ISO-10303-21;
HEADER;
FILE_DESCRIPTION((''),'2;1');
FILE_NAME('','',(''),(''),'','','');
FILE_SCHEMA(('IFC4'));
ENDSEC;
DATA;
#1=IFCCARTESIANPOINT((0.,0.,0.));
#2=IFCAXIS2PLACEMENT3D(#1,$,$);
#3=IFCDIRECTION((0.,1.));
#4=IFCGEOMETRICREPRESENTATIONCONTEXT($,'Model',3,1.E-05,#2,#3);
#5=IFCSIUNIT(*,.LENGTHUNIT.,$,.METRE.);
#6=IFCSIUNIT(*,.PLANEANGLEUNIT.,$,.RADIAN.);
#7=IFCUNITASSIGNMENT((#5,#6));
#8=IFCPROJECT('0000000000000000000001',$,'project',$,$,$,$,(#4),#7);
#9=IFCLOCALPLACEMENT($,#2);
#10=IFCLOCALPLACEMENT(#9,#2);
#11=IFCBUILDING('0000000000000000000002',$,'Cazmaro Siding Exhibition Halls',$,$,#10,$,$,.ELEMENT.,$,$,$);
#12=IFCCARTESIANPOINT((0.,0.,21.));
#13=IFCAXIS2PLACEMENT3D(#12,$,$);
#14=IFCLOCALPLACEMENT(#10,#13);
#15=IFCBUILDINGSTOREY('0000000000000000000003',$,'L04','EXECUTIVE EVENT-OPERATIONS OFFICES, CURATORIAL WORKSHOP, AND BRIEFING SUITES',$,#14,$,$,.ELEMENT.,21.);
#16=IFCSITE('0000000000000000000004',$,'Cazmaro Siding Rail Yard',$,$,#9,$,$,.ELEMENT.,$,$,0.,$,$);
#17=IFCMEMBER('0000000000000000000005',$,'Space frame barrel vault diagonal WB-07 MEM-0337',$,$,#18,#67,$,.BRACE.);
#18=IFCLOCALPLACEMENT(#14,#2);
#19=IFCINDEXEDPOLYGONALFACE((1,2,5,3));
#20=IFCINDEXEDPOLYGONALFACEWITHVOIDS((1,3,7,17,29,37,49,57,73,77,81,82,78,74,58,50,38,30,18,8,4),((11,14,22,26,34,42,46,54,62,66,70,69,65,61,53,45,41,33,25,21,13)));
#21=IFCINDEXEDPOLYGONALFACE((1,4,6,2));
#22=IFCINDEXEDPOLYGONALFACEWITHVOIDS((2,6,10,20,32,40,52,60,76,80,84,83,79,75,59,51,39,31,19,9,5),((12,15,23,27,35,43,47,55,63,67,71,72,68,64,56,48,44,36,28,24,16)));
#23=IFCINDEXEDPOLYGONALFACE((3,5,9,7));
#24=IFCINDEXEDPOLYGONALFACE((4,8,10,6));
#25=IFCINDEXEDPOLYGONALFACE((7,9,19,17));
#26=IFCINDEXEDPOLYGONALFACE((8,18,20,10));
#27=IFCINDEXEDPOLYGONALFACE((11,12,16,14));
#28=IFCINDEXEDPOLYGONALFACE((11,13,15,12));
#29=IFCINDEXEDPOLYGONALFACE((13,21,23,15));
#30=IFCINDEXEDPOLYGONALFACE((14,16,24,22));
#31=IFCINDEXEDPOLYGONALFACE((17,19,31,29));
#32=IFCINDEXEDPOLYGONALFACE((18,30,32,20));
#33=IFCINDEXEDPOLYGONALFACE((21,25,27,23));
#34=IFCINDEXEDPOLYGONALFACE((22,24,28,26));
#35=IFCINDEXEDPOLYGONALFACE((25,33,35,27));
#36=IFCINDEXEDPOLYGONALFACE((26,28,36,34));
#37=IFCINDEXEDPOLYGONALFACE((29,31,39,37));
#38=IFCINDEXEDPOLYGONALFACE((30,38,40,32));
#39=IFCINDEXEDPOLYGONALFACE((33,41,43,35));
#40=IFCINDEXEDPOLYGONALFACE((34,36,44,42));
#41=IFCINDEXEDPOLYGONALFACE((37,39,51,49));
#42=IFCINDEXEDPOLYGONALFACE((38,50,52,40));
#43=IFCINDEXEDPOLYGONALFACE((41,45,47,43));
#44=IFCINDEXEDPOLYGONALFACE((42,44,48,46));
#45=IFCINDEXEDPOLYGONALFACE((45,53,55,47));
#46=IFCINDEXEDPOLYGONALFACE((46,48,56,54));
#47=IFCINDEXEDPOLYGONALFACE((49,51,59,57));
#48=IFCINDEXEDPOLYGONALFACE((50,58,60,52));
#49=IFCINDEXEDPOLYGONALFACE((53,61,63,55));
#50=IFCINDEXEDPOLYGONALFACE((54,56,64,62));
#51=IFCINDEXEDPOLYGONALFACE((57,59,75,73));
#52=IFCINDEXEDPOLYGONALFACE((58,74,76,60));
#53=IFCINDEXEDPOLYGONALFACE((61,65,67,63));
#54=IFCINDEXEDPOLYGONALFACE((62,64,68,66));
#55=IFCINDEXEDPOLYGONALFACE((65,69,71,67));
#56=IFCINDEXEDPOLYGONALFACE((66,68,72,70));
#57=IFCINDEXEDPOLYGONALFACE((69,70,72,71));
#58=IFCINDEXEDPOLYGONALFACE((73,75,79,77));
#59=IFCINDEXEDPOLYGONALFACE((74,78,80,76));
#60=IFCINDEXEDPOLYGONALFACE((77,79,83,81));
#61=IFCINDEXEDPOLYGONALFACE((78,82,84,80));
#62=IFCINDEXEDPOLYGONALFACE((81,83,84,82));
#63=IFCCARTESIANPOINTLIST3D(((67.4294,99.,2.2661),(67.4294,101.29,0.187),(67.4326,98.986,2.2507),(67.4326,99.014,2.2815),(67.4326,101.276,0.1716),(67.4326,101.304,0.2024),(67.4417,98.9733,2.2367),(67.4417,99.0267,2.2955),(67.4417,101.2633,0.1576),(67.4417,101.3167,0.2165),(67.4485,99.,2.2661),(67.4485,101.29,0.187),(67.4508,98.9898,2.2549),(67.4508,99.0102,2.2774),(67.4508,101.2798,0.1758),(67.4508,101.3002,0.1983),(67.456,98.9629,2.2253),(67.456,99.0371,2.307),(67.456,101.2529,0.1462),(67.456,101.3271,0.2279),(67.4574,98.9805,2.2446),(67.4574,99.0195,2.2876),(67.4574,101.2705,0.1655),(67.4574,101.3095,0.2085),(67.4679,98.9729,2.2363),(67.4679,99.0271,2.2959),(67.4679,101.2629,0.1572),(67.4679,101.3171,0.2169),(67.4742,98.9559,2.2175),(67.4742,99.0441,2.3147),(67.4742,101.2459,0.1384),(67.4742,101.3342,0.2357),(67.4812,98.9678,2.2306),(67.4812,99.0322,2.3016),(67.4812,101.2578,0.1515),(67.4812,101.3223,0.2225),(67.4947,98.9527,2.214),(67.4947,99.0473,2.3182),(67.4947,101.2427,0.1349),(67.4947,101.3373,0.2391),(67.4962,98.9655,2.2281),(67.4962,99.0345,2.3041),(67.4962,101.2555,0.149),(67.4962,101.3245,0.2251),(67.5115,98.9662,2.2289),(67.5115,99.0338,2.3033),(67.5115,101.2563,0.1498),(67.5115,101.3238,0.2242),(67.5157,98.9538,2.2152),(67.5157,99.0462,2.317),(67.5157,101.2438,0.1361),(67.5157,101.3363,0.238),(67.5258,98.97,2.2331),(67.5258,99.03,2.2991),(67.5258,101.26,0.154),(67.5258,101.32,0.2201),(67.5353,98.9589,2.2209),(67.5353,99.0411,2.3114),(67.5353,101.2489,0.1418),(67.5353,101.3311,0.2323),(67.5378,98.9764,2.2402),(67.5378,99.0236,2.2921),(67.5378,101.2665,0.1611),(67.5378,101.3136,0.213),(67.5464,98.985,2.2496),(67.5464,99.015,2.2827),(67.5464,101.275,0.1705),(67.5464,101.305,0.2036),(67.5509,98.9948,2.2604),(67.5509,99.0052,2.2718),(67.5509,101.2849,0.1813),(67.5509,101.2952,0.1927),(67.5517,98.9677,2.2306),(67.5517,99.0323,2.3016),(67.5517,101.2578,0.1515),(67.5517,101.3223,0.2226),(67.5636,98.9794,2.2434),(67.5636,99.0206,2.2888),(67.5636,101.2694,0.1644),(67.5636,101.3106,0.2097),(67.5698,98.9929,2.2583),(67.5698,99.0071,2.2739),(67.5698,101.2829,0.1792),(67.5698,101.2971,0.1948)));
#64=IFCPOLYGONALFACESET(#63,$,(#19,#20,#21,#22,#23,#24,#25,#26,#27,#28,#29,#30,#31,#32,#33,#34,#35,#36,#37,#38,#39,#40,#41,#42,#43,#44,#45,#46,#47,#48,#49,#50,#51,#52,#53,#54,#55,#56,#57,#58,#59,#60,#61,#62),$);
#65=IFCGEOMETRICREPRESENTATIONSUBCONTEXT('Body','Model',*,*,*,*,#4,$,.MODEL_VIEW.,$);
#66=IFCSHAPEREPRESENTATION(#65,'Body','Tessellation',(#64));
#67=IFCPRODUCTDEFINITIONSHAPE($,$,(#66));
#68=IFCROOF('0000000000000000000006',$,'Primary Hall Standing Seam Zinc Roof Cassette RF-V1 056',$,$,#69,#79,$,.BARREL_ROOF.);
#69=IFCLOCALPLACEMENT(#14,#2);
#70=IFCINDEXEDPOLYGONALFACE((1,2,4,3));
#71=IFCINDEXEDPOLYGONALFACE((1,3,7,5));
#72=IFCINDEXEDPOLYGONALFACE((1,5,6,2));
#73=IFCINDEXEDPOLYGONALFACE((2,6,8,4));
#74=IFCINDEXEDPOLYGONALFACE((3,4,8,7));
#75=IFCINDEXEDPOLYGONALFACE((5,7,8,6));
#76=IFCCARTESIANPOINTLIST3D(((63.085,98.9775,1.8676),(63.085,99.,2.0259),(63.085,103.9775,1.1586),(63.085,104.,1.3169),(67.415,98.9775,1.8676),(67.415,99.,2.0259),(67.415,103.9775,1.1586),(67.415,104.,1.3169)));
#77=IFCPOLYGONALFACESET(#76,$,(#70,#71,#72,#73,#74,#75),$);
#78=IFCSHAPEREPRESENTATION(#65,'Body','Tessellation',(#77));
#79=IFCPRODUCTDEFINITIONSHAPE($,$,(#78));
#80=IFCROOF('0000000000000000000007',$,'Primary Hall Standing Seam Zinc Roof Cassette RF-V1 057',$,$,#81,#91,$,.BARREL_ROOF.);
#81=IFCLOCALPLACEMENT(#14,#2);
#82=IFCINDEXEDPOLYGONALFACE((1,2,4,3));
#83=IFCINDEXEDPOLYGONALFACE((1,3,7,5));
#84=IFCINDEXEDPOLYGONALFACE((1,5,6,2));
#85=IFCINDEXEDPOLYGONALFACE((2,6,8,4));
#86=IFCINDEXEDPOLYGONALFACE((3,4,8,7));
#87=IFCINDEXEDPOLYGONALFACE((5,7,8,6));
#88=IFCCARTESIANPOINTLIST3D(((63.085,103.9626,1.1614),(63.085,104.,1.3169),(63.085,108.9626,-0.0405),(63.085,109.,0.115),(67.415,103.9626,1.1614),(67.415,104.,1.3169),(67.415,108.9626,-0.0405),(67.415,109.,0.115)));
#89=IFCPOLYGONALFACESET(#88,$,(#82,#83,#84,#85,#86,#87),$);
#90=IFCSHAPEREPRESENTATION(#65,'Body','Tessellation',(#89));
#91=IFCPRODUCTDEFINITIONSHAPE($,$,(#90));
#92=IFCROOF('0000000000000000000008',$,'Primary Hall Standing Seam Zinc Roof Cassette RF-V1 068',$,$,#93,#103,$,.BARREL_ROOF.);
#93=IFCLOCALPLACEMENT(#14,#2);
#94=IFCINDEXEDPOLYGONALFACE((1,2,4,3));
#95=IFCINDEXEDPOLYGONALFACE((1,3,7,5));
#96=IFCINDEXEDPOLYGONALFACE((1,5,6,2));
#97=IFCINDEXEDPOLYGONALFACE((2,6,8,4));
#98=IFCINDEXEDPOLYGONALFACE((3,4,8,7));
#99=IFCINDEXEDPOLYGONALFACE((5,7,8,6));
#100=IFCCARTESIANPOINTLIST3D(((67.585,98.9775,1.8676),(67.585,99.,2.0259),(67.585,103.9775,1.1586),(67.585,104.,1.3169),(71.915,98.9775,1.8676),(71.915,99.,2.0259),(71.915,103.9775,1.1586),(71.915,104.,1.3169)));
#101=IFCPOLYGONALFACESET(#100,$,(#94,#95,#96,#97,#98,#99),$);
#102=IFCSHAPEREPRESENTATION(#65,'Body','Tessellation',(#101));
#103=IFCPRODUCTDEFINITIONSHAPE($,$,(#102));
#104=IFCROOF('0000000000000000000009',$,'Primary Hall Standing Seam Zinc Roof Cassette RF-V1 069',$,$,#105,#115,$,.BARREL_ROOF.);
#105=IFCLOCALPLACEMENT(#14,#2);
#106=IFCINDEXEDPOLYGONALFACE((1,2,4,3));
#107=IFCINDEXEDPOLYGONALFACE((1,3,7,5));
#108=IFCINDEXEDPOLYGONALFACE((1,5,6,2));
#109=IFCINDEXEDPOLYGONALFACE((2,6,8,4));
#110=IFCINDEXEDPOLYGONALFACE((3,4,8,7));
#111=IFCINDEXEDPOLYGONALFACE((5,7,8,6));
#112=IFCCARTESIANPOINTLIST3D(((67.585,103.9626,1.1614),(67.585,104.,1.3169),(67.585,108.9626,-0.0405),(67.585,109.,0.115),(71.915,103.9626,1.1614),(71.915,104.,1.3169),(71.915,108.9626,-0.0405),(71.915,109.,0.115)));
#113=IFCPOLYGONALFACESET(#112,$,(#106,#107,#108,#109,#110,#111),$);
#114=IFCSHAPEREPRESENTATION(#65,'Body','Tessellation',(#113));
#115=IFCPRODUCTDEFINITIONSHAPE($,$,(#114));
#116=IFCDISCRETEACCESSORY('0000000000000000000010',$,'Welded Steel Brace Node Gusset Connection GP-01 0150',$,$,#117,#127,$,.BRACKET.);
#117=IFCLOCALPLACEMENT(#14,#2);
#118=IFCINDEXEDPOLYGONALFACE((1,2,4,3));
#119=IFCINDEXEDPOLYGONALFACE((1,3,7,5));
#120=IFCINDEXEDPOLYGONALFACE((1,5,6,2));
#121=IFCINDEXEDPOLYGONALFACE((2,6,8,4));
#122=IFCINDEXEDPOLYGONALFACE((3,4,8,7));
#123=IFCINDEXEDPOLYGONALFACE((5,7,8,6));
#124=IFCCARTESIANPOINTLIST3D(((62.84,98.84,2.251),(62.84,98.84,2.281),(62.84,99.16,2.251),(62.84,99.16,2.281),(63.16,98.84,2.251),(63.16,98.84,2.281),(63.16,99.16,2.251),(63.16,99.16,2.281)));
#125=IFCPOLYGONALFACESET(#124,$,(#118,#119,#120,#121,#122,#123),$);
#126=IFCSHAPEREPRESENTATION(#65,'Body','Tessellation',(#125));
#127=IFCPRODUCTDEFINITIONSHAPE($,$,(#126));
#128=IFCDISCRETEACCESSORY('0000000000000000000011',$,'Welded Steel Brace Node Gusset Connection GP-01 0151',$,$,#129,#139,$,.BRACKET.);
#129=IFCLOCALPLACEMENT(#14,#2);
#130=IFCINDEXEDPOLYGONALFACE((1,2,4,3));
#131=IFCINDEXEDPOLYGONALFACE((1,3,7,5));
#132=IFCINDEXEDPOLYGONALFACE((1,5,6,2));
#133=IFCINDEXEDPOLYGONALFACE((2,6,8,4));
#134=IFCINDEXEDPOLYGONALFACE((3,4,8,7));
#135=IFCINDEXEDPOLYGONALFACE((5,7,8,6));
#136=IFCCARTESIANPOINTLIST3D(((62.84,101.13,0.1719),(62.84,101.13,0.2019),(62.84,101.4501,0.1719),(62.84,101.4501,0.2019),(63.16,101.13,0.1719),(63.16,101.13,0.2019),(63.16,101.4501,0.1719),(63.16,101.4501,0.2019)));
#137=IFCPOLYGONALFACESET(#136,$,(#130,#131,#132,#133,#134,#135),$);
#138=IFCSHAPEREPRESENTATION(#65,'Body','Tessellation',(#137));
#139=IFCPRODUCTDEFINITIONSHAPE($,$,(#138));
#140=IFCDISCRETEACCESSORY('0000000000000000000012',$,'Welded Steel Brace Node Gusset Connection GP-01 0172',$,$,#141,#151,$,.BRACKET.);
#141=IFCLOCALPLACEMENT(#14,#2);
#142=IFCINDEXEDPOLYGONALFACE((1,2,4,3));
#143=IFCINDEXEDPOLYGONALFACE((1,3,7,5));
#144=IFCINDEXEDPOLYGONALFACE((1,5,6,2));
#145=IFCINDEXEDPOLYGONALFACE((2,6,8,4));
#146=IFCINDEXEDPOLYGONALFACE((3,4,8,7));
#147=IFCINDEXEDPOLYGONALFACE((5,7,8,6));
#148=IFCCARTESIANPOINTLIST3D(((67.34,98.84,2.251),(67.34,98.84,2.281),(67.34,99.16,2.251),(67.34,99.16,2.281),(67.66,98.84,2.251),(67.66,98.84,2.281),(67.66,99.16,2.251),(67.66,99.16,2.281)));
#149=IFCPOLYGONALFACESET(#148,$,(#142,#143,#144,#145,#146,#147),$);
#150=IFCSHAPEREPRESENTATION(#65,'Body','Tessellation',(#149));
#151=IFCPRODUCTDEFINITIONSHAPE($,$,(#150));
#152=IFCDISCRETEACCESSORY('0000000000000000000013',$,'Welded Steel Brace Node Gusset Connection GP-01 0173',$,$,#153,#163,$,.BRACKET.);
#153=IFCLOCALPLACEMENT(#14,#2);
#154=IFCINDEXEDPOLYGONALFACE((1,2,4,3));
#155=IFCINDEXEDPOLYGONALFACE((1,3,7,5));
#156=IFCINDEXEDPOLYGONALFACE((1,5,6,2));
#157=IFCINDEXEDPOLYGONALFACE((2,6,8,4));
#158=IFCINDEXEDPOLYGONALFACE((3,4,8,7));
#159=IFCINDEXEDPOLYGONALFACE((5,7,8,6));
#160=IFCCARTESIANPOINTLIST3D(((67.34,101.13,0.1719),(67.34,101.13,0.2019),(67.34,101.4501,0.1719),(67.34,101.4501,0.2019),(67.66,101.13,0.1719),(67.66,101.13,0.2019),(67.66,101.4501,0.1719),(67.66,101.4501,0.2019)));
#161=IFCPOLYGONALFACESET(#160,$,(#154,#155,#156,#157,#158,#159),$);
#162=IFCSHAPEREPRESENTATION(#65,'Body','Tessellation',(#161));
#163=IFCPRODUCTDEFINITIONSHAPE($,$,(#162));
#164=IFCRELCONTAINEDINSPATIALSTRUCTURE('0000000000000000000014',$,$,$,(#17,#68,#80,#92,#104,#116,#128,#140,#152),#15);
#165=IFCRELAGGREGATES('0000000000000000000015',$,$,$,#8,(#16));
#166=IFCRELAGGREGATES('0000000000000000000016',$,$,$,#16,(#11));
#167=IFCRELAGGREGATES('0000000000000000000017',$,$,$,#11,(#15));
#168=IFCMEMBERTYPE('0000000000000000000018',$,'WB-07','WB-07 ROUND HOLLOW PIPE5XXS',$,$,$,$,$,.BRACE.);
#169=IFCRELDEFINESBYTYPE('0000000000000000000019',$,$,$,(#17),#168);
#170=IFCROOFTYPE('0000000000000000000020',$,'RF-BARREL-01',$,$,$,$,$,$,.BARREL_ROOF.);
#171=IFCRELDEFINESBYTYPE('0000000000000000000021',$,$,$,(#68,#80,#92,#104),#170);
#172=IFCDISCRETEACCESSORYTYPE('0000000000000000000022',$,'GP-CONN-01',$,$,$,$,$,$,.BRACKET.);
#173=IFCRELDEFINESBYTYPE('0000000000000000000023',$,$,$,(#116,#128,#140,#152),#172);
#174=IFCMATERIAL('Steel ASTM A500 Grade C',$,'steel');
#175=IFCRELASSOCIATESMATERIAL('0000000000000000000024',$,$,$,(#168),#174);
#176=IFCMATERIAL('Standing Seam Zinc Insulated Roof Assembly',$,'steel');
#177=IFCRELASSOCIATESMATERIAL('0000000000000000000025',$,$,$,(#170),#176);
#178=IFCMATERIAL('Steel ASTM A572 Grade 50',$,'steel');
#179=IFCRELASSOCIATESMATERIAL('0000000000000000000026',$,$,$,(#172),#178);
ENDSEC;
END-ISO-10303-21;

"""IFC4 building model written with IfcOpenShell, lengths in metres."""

from ifc_helpers import new_model, si_unit, direction, frame, origin, origin_2d, place, context, subcontext, project, spatial, polyline, rectangle, hollow_circle, outline, extrude, material, material_profile, profile_set, type_object, element, save


model = new_model("IFC4")

# Units and contexts
model_context = context("Model", 3, precision=1e-05, world=origin(), true_north=direction((0.0, 1.0)))
body_context = subcontext(model_context, "Body", "Model", "MODEL_VIEW")
ifc_project = project(units=[si_unit("LENGTHUNIT", "METRE"), si_unit("PLANEANGLEUNIT", "RADIAN")], contexts=[model_context])

# Site, building, storey
site_placement = place(None, origin())
site = spatial("IfcSite", under=ifc_project, at=site_placement, Name="Cazmaro Siding Rail Yard", CompositionType="ELEMENT", RefElevation=0.0)
building_placement = place(site_placement, origin())
building = spatial("IfcBuilding", under=site, at=building_placement, Name="Cazmaro Siding Exhibition Halls", CompositionType="ELEMENT")
storey_placement = place(building_placement, frame((0.0, 0.0, 21.0)))
storey = spatial("IfcBuildingStorey", under=building, at=storey_placement, Name="L04", Description="EXECUTIVE EVENT-OPERATIONS OFFICES, CURATORIAL WORKSHOP, AND BRIEFING SUITES", CompositionType="ELEMENT", Elevation=21.0)

# Member
ifc_material_1 = material(Name="Steel ASTM A500 Grade C", Category="steel")
ifc_material_profile_1 = material_profile(ifc_material_1, hollow_circle(Radius=0.0706, WallThickness=0.019, at=origin_2d()), Name="PIPE5XXS")
ifc_profile_set_1 = profile_set([ifc_material_profile_1], Name="Steel ASTM A500 Grade C")
member_type_1 = type_object("IfcMemberType", Name="WB-07", Description="WB-07 ROUND HOLLOW PIPE5XXS", PredefinedType="BRACE", material=ifc_profile_set_1)
for number, where, z_axis, x_axis, name in (
    (1, (67.5, 99.0, 2.2661), (0.0, 0.740383, -0.672185), (-1.0, 0.0, 0.0), "Space frame barrel vault diagonal WB-07 MEM-0337"),
):
    element("IfcMember", number, at=place(storey_placement, frame(where, z_axis=z_axis, x_axis=x_axis)), inside=storey, type_object=member_type_1, Name=name, PredefinedType="BRACE", context=body_context, shape_type="SweptSolid", body=[
        extrude(hollow_circle(Radius=0.0706, WallThickness=0.019, at=origin_2d()), origin(), (0.0, 0.0, 1.0), 3.093),
    ])

# Roofs
ifc_material_2 = material(Name="Standing Seam Zinc Insulated Roof Assembly", Category="steel")
roof_type = type_object("IfcRoofType", Name="RF-BARREL-01", PredefinedType="BARREL_ROOF", material=ifc_material_2)
roof_1_placement = place(storey_placement, frame((63.085, 99.0, 2.0259), z_axis=(0.0, 0.140393, 0.990096), x_axis=(1.0, 0.0, 0.0)))
element("IfcRoof", 2, at=roof_1_placement, inside=storey, type_object=roof_type, Name="Primary Hall Standing Seam Zinc Roof Cassette RF-V1 056", PredefinedType="BARREL_ROOF", context=body_context, shape_type="SweptSolid", body=[
    extrude(outline(polyline([(0.0, 0.0), (4.3301, 0.0), (4.3301, 5.05), (0.0, 5.05), (0.0, 0.0)])), origin(), (0.0, 0.0, -1.0), 0.1599),
])
roof_2_placement = place(storey_placement, frame((63.085, 104.0, 1.3169), z_axis=(0.0, 0.233723, 0.972303), x_axis=(1.0, 0.0, 0.0)))
element("IfcRoof", 3, at=roof_2_placement, inside=storey, type_object=roof_type, Name="Primary Hall Standing Seam Zinc Roof Cassette RF-V1 057", PredefinedType="BARREL_ROOF", context=body_context, shape_type="SweptSolid", body=[
    extrude(outline(polyline([(0.0, 0.0), (4.3301, 0.0), (4.3301, 5.1424), (0.0, 5.1424), (0.0, 0.0)])), origin(), (0.0, 0.0, -1.0), 0.1599),
])
roof_3_placement = place(storey_placement, frame((67.585, 99.0, 2.0259), z_axis=(0.0, 0.140393, 0.990096), x_axis=(1.0, 0.0, 0.0)))
element("IfcRoof", 4, at=roof_3_placement, inside=storey, type_object=roof_type, Name="Primary Hall Standing Seam Zinc Roof Cassette RF-V1 068", PredefinedType="BARREL_ROOF", context=body_context, shape_type="SweptSolid", body=[
    extrude(outline(polyline([(0.0, 0.0), (4.3301, 0.0), (4.3301, 5.05), (0.0, 5.05), (0.0, 0.0)])), origin(), (0.0, 0.0, -1.0), 0.1599),
])
roof_4_placement = place(storey_placement, frame((67.585, 104.0, 1.3169), z_axis=(0.0, 0.233723, 0.972303), x_axis=(1.0, 0.0, 0.0)))
element("IfcRoof", 5, at=roof_4_placement, inside=storey, type_object=roof_type, Name="Primary Hall Standing Seam Zinc Roof Cassette RF-V1 069", PredefinedType="BARREL_ROOF", context=body_context, shape_type="SweptSolid", body=[
    extrude(outline(polyline([(0.0, 0.0), (4.3301, 0.0), (4.3301, 5.1424), (0.0, 5.1424), (0.0, 0.0)])), origin(), (0.0, 0.0, -1.0), 0.1599),
])

# Discrete accessories
ifc_material_3 = material(Name="Steel ASTM A572 Grade 50", Category="steel")
discrete_accessory_type = type_object("IfcDiscreteAccessoryType", Name="GP-CONN-01", PredefinedType="BRACKET", material=ifc_material_3)
for number, where, z_axis, x_axis, name in (
    (6, (63.0, 99.0, 2.251), (0.0, 0.0, 1.0), (1.0, 0.0, 0.0), "Welded Steel Brace Node Gusset Connection GP-01 0150"),
    (7, (63.0, 101.29, 0.1719), (0.0, 0.0, 1.0), (1.0, 0.0, 0.0), "Welded Steel Brace Node Gusset Connection GP-01 0151"),
    (8, (67.5, 99.0, 2.251), (0.0, 0.0, 1.0), (1.0, 0.0, 0.0), "Welded Steel Brace Node Gusset Connection GP-01 0172"),
    (9, (67.5, 101.29, 0.1719), (0.0, 0.0, 1.0), (1.0, 0.0, 0.0), "Welded Steel Brace Node Gusset Connection GP-01 0173"),
):
    element("IfcDiscreteAccessory", number, at=place(storey_placement, frame(where, z_axis=z_axis, x_axis=x_axis)), inside=storey, type_object=discrete_accessory_type, Name=name, PredefinedType="BRACKET", context=body_context, shape_type="SweptSolid", body=[
        extrude(rectangle(XDim=0.3201, YDim=0.3201, at=origin_2d()), origin(), (0.0, 0.0, 1.0), 0.03),
    ])

save(model, "model.ifc")
